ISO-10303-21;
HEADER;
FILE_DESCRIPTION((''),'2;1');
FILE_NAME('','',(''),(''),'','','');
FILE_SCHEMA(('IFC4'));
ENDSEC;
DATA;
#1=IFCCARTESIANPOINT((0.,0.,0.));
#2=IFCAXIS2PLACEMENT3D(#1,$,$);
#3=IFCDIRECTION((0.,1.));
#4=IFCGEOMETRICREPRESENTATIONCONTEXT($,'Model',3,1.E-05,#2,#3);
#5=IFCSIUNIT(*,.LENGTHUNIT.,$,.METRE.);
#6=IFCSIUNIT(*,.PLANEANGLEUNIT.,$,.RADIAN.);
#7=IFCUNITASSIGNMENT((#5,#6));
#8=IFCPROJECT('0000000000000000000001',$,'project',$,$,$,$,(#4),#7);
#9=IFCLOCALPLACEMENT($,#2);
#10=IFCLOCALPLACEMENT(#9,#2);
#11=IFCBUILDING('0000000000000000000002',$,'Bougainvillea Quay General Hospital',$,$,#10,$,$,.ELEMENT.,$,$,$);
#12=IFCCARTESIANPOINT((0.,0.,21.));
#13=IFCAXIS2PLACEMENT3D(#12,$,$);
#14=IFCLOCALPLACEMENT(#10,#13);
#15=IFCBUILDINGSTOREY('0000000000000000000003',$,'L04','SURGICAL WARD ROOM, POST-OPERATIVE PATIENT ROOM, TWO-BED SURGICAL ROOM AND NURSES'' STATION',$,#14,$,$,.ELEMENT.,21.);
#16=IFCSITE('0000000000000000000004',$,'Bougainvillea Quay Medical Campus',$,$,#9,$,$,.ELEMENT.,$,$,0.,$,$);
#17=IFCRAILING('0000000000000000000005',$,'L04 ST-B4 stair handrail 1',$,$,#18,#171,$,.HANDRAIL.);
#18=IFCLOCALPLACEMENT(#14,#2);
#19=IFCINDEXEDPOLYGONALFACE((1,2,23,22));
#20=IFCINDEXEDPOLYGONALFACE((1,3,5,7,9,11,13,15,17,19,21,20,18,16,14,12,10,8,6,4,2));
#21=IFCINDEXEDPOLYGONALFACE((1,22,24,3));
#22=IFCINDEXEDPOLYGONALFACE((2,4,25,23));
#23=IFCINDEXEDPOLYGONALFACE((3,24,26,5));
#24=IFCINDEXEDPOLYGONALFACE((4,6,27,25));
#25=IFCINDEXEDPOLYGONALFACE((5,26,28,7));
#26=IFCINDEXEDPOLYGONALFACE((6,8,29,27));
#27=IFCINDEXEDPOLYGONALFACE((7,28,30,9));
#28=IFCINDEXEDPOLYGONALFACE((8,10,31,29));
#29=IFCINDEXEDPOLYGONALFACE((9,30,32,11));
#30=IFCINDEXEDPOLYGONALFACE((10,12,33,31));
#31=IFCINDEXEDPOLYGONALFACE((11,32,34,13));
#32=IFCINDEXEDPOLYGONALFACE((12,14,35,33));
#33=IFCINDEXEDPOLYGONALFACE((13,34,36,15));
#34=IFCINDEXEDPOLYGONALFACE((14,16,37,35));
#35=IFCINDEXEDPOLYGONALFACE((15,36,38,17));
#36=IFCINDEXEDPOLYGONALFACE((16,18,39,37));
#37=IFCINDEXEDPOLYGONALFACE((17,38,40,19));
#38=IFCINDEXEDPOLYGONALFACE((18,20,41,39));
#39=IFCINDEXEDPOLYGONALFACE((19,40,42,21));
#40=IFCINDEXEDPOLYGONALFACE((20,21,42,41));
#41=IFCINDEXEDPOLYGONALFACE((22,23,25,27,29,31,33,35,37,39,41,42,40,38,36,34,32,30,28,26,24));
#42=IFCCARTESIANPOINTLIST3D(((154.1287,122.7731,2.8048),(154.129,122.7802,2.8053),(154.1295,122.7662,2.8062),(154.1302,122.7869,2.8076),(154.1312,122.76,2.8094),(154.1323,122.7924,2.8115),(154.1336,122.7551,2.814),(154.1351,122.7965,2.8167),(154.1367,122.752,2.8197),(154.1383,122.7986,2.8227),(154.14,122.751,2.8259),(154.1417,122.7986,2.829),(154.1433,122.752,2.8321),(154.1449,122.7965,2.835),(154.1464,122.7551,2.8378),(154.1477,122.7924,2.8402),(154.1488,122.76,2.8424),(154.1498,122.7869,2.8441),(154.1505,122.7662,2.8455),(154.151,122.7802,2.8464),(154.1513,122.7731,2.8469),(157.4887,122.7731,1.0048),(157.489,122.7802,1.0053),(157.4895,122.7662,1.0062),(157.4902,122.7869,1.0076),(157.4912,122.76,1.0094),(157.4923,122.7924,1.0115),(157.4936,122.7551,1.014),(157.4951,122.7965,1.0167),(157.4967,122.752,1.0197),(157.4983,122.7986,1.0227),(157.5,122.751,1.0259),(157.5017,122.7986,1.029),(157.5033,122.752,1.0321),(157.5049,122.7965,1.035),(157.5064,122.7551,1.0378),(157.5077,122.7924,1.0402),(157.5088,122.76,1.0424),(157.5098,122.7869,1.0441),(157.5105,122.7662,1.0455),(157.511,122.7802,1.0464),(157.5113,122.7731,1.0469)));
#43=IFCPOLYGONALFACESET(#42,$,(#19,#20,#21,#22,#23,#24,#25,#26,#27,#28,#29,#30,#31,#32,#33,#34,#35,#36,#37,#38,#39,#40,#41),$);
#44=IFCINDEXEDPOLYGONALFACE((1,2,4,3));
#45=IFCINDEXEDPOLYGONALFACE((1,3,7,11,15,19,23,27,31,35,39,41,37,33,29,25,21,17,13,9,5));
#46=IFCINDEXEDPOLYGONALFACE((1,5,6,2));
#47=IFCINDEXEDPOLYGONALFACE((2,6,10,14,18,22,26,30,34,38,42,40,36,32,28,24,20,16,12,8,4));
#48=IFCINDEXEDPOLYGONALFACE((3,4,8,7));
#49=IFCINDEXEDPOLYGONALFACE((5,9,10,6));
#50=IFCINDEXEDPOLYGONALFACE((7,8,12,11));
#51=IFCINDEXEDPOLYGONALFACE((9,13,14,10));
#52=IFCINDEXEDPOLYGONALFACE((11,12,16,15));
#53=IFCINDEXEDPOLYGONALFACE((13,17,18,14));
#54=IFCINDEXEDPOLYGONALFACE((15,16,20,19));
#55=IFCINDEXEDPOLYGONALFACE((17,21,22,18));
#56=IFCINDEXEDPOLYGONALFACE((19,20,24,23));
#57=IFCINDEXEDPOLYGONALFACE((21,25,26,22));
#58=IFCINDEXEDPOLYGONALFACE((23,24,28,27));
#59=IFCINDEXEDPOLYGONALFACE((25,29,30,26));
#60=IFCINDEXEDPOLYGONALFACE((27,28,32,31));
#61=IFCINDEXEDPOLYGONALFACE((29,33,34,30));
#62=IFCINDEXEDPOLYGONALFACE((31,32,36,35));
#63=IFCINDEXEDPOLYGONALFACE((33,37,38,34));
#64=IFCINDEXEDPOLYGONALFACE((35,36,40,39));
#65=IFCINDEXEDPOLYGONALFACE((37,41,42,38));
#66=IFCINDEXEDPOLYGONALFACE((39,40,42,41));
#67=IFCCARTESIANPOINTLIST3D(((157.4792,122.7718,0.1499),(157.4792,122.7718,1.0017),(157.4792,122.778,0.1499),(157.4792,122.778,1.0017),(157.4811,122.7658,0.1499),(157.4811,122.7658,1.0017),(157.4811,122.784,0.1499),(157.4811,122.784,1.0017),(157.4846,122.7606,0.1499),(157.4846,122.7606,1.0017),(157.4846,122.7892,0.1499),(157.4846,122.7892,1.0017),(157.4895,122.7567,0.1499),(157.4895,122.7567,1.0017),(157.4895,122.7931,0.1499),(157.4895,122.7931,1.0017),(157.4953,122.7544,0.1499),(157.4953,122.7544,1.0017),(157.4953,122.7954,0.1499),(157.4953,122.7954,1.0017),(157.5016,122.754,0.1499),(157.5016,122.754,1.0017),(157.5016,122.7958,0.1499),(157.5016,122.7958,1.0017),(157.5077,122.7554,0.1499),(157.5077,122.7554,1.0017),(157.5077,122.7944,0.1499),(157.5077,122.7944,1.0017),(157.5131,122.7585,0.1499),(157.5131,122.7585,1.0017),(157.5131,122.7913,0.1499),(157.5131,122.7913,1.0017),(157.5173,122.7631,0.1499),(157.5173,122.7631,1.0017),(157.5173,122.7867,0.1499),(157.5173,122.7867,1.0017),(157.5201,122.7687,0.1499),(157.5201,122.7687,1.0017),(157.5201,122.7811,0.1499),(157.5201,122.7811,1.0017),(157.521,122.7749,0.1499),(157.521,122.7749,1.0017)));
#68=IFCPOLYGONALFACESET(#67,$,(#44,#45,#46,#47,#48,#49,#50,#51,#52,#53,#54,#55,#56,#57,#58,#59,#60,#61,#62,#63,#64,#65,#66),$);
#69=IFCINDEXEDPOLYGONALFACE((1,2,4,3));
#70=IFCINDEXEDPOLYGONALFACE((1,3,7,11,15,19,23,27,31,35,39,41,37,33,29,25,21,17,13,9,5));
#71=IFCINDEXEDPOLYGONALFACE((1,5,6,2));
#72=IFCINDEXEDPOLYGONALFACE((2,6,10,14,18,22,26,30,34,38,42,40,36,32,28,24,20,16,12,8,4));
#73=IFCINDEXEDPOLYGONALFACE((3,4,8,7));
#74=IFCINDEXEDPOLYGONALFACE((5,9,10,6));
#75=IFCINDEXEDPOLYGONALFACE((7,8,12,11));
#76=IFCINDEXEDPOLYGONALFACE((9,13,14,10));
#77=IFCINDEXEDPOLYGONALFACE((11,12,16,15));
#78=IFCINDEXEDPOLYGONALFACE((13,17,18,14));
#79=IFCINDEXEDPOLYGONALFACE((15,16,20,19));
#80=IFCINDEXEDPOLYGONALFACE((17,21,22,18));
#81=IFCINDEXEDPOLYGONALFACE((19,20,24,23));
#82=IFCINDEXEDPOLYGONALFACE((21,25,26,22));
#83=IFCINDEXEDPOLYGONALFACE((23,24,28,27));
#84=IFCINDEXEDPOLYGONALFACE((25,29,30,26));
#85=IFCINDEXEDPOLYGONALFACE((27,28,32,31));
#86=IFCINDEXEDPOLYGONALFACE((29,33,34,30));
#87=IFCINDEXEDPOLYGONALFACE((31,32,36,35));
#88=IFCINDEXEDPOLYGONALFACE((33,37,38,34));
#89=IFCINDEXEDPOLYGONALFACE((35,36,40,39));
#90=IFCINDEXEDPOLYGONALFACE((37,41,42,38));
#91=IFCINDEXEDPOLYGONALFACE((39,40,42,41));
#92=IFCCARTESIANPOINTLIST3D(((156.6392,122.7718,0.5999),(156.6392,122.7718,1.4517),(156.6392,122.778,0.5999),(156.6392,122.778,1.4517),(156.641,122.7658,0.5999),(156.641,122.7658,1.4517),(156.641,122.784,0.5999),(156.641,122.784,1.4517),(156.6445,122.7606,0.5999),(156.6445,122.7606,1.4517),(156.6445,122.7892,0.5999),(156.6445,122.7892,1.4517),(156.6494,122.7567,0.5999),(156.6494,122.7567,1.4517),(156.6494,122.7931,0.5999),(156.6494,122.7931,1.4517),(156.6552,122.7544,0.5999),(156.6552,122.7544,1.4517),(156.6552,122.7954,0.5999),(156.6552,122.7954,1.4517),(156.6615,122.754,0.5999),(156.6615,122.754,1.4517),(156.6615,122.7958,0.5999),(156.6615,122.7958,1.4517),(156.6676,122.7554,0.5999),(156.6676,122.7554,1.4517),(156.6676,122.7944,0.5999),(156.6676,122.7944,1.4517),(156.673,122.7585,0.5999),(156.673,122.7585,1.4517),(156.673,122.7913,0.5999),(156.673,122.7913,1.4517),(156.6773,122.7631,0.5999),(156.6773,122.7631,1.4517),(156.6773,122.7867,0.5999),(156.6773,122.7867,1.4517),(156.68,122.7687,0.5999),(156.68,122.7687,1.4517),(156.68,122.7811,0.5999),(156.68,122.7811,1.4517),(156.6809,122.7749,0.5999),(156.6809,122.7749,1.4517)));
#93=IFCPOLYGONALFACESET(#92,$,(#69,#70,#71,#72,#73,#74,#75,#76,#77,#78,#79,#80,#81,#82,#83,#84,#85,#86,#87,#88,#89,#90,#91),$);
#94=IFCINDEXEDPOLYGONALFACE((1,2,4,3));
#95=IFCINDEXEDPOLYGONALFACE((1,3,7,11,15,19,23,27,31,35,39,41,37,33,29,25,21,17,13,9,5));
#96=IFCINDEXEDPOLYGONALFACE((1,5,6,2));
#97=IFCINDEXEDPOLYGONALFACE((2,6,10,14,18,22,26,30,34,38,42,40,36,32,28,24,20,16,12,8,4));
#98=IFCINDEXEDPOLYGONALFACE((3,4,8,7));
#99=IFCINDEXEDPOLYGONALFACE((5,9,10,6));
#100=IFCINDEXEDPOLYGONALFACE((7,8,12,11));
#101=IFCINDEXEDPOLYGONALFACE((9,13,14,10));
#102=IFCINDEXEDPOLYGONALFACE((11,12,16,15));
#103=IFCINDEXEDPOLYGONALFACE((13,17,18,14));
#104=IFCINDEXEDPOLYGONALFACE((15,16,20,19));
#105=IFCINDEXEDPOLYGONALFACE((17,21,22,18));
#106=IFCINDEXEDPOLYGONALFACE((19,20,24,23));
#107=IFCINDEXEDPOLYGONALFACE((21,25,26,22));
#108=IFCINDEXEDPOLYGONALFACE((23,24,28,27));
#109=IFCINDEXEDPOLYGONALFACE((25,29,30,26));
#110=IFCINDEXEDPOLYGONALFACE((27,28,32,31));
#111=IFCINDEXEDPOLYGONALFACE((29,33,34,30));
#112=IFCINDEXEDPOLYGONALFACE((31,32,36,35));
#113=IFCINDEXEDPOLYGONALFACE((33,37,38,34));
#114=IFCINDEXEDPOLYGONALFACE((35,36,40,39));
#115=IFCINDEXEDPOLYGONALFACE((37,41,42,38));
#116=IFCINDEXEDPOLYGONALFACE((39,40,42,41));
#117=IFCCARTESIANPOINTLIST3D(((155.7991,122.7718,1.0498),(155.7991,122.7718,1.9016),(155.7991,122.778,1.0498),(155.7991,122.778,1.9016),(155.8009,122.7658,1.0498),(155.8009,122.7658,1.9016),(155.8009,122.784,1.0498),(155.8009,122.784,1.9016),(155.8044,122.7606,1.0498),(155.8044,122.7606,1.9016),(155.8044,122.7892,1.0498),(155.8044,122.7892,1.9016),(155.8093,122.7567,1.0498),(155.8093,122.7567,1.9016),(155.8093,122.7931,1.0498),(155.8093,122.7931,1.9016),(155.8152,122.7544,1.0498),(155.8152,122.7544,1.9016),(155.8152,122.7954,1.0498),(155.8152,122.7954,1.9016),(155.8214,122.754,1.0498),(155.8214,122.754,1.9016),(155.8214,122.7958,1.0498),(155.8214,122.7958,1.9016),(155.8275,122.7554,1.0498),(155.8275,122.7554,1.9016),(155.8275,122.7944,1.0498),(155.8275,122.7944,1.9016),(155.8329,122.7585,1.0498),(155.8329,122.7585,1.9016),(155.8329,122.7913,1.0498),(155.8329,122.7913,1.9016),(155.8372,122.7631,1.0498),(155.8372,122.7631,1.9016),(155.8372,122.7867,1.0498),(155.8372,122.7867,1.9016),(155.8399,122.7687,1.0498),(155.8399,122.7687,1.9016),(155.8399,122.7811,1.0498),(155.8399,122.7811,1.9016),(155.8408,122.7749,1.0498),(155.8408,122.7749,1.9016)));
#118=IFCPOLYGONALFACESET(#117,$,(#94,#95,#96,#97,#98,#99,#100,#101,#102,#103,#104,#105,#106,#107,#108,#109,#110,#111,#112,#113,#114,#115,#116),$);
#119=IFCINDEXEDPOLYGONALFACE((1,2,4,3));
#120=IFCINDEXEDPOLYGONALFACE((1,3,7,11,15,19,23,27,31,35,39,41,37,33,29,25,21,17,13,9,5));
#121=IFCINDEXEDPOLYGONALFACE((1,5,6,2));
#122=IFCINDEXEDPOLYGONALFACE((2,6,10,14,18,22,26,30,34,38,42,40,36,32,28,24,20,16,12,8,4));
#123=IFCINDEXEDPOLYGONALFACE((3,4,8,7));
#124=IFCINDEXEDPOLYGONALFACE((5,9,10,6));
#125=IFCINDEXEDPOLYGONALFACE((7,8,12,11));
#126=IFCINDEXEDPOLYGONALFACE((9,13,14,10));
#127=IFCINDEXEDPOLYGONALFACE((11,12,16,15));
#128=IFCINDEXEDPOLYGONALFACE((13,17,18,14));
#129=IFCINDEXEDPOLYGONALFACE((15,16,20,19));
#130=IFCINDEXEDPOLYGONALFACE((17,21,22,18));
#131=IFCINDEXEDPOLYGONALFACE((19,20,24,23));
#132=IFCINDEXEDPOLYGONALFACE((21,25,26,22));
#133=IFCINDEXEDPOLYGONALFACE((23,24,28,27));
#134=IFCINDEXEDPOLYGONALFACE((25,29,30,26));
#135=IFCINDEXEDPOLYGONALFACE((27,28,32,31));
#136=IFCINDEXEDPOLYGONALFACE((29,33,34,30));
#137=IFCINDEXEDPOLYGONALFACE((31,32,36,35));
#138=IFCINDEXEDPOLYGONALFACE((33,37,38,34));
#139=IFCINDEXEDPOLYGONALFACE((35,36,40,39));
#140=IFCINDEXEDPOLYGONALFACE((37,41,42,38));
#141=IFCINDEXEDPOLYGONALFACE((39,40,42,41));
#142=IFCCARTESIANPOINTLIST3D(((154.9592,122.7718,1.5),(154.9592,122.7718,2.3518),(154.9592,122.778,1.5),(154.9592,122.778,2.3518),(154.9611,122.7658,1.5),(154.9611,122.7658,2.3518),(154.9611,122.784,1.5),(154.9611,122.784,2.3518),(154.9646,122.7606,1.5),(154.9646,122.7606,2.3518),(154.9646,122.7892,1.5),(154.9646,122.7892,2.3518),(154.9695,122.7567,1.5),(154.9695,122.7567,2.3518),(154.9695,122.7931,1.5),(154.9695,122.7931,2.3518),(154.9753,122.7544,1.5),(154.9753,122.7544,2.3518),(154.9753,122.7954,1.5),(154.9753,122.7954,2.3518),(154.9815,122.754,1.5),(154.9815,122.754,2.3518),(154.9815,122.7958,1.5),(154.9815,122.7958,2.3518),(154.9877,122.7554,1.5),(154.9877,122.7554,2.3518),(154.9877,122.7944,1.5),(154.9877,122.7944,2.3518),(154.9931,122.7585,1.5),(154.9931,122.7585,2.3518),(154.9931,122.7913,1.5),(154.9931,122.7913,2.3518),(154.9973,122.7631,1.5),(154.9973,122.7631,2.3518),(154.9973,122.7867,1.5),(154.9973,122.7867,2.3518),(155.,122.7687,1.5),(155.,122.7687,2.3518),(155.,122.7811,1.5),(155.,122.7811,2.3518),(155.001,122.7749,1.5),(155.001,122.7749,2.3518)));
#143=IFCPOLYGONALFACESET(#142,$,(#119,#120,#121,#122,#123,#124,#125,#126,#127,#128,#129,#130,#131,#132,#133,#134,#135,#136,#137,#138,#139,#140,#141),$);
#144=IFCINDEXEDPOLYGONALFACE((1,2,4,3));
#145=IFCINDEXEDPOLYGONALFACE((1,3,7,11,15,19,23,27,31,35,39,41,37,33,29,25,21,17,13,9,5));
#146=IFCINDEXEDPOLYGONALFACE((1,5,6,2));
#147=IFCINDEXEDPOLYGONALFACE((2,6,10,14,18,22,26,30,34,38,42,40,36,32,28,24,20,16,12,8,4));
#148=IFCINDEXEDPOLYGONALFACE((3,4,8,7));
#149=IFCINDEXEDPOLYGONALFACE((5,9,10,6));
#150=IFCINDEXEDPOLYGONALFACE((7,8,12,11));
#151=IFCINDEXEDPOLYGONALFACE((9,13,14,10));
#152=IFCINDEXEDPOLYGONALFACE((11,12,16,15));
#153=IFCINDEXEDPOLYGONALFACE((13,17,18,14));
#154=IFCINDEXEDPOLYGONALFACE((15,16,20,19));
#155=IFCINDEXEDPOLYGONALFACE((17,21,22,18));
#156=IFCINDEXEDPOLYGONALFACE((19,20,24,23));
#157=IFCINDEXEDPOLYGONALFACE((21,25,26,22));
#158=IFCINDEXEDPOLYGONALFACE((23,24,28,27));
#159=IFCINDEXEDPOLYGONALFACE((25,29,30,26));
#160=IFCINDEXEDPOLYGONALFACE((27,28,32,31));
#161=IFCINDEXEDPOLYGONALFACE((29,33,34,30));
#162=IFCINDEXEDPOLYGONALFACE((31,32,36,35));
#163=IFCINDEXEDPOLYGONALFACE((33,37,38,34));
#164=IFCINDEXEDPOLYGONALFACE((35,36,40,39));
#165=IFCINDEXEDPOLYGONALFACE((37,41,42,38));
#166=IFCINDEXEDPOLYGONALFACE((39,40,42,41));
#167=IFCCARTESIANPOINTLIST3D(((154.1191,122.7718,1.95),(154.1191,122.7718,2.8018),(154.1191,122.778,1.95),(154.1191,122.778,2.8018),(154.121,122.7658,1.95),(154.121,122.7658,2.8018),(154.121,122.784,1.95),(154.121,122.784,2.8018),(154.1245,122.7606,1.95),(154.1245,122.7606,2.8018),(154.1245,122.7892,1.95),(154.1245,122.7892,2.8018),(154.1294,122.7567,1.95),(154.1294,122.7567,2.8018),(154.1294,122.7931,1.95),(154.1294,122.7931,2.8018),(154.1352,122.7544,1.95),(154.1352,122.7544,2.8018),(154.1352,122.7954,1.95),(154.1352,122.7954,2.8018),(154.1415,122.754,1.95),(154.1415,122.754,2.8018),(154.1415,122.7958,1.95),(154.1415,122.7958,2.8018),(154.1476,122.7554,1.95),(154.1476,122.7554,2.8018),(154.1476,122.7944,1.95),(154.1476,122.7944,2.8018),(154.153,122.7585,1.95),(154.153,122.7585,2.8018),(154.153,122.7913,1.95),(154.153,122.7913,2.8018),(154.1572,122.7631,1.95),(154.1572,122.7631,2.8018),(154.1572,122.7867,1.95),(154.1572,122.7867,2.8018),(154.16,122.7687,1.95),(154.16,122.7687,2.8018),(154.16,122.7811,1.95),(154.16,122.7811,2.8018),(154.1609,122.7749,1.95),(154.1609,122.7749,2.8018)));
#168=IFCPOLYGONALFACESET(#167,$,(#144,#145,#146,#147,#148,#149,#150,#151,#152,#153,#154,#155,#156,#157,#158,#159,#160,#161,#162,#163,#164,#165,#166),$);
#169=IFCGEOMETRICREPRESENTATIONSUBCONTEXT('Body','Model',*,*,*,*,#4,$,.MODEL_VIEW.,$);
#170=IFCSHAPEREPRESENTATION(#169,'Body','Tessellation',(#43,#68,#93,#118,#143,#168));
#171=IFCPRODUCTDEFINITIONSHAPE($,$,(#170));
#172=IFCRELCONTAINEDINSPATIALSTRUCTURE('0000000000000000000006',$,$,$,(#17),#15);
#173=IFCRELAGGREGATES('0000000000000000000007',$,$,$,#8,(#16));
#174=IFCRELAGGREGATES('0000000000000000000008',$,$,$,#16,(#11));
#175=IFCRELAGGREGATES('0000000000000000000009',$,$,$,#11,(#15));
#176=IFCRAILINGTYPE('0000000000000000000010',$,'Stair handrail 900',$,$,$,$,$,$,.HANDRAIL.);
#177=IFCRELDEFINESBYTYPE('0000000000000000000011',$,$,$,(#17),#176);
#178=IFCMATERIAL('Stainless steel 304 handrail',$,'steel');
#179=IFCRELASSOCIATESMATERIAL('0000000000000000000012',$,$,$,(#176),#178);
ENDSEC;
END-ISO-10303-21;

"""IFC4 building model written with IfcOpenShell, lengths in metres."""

from ifc_helpers import new_model, si_unit, direction, frame, origin, origin_2d, place, context, subcontext, project, spatial, circle, extrude, material, type_object, element, save


model = new_model("IFC4")

# Units and contexts
model_context = context("Model", 3, precision=1e-05, world=origin(), true_north=direction((0.0, 1.0)))
body_context = subcontext(model_context, "Body", "Model", "MODEL_VIEW")
ifc_project = project(units=[si_unit("LENGTHUNIT", "METRE"), si_unit("PLANEANGLEUNIT", "RADIAN")], contexts=[model_context])

# Site, building, storey
site_placement = place(None, origin())
site = spatial("IfcSite", under=ifc_project, at=site_placement, Name="Bougainvillea Quay Medical Campus", CompositionType="ELEMENT", RefElevation=0.0)
building_placement = place(site_placement, origin())
building = spatial("IfcBuilding", under=site, at=building_placement, Name="Bougainvillea Quay General Hospital", CompositionType="ELEMENT")
storey_placement = place(building_placement, frame((0.0, 0.0, 21.0)))
storey = spatial("IfcBuildingStorey", under=building, at=storey_placement, Name="L04", Description="SURGICAL WARD ROOM, POST-OPERATIVE PATIENT ROOM, TWO-BED SURGICAL ROOM AND NURSES' STATION", CompositionType="ELEMENT", Elevation=21.0)

# Railing
ifc_material_1 = material(Name="Stainless steel 304 handrail", Category="steel")
railing_type_1 = type_object("IfcRailingType", Name="Stair handrail 900", PredefinedType="HANDRAIL", material=ifc_material_1)
railing_1_placement = place(storey_placement, frame((157.5, 122.7749, 0.1499)))
element("IfcRailing", 1, at=railing_1_placement, inside=storey, type_object=railing_type_1, Name="L04 ST-B4 stair handrail 1", PredefinedType="HANDRAIL", context=body_context, shape_type="SweptSolid", body=[
    extrude(circle(Radius=0.0239, at=origin_2d()), frame((0.0, 0.0, 0.876), z_axis=(-0.881481, 0.0, 0.47222), x_axis=(0.0, -1.0, 0.0)), (0.0, 0.0, 1.0), 3.8118),
    extrude(circle(Radius=0.021, at=origin_2d()), origin(), (0.0, 0.0, 1.0), 0.8518),
    extrude(circle(Radius=0.021, at=origin_2d()), frame((-0.8401, 0.0, 0.45)), (0.0, 0.0, 1.0), 0.8518),
    extrude(circle(Radius=0.021, at=origin_2d()), frame((-1.6802, 0.0, 0.8999)), (0.0, 0.0, 1.0), 0.8518),
    extrude(circle(Radius=0.021, at=origin_2d()), frame((-2.52, 0.0, 1.3501)), (0.0, 0.0, 1.0), 0.8518),
    extrude(circle(Radius=0.021, at=origin_2d()), frame((-3.3601, 0.0, 1.8)), (0.0, 0.0, 1.0), 0.8518),
])

save(model, "model.ifc")
